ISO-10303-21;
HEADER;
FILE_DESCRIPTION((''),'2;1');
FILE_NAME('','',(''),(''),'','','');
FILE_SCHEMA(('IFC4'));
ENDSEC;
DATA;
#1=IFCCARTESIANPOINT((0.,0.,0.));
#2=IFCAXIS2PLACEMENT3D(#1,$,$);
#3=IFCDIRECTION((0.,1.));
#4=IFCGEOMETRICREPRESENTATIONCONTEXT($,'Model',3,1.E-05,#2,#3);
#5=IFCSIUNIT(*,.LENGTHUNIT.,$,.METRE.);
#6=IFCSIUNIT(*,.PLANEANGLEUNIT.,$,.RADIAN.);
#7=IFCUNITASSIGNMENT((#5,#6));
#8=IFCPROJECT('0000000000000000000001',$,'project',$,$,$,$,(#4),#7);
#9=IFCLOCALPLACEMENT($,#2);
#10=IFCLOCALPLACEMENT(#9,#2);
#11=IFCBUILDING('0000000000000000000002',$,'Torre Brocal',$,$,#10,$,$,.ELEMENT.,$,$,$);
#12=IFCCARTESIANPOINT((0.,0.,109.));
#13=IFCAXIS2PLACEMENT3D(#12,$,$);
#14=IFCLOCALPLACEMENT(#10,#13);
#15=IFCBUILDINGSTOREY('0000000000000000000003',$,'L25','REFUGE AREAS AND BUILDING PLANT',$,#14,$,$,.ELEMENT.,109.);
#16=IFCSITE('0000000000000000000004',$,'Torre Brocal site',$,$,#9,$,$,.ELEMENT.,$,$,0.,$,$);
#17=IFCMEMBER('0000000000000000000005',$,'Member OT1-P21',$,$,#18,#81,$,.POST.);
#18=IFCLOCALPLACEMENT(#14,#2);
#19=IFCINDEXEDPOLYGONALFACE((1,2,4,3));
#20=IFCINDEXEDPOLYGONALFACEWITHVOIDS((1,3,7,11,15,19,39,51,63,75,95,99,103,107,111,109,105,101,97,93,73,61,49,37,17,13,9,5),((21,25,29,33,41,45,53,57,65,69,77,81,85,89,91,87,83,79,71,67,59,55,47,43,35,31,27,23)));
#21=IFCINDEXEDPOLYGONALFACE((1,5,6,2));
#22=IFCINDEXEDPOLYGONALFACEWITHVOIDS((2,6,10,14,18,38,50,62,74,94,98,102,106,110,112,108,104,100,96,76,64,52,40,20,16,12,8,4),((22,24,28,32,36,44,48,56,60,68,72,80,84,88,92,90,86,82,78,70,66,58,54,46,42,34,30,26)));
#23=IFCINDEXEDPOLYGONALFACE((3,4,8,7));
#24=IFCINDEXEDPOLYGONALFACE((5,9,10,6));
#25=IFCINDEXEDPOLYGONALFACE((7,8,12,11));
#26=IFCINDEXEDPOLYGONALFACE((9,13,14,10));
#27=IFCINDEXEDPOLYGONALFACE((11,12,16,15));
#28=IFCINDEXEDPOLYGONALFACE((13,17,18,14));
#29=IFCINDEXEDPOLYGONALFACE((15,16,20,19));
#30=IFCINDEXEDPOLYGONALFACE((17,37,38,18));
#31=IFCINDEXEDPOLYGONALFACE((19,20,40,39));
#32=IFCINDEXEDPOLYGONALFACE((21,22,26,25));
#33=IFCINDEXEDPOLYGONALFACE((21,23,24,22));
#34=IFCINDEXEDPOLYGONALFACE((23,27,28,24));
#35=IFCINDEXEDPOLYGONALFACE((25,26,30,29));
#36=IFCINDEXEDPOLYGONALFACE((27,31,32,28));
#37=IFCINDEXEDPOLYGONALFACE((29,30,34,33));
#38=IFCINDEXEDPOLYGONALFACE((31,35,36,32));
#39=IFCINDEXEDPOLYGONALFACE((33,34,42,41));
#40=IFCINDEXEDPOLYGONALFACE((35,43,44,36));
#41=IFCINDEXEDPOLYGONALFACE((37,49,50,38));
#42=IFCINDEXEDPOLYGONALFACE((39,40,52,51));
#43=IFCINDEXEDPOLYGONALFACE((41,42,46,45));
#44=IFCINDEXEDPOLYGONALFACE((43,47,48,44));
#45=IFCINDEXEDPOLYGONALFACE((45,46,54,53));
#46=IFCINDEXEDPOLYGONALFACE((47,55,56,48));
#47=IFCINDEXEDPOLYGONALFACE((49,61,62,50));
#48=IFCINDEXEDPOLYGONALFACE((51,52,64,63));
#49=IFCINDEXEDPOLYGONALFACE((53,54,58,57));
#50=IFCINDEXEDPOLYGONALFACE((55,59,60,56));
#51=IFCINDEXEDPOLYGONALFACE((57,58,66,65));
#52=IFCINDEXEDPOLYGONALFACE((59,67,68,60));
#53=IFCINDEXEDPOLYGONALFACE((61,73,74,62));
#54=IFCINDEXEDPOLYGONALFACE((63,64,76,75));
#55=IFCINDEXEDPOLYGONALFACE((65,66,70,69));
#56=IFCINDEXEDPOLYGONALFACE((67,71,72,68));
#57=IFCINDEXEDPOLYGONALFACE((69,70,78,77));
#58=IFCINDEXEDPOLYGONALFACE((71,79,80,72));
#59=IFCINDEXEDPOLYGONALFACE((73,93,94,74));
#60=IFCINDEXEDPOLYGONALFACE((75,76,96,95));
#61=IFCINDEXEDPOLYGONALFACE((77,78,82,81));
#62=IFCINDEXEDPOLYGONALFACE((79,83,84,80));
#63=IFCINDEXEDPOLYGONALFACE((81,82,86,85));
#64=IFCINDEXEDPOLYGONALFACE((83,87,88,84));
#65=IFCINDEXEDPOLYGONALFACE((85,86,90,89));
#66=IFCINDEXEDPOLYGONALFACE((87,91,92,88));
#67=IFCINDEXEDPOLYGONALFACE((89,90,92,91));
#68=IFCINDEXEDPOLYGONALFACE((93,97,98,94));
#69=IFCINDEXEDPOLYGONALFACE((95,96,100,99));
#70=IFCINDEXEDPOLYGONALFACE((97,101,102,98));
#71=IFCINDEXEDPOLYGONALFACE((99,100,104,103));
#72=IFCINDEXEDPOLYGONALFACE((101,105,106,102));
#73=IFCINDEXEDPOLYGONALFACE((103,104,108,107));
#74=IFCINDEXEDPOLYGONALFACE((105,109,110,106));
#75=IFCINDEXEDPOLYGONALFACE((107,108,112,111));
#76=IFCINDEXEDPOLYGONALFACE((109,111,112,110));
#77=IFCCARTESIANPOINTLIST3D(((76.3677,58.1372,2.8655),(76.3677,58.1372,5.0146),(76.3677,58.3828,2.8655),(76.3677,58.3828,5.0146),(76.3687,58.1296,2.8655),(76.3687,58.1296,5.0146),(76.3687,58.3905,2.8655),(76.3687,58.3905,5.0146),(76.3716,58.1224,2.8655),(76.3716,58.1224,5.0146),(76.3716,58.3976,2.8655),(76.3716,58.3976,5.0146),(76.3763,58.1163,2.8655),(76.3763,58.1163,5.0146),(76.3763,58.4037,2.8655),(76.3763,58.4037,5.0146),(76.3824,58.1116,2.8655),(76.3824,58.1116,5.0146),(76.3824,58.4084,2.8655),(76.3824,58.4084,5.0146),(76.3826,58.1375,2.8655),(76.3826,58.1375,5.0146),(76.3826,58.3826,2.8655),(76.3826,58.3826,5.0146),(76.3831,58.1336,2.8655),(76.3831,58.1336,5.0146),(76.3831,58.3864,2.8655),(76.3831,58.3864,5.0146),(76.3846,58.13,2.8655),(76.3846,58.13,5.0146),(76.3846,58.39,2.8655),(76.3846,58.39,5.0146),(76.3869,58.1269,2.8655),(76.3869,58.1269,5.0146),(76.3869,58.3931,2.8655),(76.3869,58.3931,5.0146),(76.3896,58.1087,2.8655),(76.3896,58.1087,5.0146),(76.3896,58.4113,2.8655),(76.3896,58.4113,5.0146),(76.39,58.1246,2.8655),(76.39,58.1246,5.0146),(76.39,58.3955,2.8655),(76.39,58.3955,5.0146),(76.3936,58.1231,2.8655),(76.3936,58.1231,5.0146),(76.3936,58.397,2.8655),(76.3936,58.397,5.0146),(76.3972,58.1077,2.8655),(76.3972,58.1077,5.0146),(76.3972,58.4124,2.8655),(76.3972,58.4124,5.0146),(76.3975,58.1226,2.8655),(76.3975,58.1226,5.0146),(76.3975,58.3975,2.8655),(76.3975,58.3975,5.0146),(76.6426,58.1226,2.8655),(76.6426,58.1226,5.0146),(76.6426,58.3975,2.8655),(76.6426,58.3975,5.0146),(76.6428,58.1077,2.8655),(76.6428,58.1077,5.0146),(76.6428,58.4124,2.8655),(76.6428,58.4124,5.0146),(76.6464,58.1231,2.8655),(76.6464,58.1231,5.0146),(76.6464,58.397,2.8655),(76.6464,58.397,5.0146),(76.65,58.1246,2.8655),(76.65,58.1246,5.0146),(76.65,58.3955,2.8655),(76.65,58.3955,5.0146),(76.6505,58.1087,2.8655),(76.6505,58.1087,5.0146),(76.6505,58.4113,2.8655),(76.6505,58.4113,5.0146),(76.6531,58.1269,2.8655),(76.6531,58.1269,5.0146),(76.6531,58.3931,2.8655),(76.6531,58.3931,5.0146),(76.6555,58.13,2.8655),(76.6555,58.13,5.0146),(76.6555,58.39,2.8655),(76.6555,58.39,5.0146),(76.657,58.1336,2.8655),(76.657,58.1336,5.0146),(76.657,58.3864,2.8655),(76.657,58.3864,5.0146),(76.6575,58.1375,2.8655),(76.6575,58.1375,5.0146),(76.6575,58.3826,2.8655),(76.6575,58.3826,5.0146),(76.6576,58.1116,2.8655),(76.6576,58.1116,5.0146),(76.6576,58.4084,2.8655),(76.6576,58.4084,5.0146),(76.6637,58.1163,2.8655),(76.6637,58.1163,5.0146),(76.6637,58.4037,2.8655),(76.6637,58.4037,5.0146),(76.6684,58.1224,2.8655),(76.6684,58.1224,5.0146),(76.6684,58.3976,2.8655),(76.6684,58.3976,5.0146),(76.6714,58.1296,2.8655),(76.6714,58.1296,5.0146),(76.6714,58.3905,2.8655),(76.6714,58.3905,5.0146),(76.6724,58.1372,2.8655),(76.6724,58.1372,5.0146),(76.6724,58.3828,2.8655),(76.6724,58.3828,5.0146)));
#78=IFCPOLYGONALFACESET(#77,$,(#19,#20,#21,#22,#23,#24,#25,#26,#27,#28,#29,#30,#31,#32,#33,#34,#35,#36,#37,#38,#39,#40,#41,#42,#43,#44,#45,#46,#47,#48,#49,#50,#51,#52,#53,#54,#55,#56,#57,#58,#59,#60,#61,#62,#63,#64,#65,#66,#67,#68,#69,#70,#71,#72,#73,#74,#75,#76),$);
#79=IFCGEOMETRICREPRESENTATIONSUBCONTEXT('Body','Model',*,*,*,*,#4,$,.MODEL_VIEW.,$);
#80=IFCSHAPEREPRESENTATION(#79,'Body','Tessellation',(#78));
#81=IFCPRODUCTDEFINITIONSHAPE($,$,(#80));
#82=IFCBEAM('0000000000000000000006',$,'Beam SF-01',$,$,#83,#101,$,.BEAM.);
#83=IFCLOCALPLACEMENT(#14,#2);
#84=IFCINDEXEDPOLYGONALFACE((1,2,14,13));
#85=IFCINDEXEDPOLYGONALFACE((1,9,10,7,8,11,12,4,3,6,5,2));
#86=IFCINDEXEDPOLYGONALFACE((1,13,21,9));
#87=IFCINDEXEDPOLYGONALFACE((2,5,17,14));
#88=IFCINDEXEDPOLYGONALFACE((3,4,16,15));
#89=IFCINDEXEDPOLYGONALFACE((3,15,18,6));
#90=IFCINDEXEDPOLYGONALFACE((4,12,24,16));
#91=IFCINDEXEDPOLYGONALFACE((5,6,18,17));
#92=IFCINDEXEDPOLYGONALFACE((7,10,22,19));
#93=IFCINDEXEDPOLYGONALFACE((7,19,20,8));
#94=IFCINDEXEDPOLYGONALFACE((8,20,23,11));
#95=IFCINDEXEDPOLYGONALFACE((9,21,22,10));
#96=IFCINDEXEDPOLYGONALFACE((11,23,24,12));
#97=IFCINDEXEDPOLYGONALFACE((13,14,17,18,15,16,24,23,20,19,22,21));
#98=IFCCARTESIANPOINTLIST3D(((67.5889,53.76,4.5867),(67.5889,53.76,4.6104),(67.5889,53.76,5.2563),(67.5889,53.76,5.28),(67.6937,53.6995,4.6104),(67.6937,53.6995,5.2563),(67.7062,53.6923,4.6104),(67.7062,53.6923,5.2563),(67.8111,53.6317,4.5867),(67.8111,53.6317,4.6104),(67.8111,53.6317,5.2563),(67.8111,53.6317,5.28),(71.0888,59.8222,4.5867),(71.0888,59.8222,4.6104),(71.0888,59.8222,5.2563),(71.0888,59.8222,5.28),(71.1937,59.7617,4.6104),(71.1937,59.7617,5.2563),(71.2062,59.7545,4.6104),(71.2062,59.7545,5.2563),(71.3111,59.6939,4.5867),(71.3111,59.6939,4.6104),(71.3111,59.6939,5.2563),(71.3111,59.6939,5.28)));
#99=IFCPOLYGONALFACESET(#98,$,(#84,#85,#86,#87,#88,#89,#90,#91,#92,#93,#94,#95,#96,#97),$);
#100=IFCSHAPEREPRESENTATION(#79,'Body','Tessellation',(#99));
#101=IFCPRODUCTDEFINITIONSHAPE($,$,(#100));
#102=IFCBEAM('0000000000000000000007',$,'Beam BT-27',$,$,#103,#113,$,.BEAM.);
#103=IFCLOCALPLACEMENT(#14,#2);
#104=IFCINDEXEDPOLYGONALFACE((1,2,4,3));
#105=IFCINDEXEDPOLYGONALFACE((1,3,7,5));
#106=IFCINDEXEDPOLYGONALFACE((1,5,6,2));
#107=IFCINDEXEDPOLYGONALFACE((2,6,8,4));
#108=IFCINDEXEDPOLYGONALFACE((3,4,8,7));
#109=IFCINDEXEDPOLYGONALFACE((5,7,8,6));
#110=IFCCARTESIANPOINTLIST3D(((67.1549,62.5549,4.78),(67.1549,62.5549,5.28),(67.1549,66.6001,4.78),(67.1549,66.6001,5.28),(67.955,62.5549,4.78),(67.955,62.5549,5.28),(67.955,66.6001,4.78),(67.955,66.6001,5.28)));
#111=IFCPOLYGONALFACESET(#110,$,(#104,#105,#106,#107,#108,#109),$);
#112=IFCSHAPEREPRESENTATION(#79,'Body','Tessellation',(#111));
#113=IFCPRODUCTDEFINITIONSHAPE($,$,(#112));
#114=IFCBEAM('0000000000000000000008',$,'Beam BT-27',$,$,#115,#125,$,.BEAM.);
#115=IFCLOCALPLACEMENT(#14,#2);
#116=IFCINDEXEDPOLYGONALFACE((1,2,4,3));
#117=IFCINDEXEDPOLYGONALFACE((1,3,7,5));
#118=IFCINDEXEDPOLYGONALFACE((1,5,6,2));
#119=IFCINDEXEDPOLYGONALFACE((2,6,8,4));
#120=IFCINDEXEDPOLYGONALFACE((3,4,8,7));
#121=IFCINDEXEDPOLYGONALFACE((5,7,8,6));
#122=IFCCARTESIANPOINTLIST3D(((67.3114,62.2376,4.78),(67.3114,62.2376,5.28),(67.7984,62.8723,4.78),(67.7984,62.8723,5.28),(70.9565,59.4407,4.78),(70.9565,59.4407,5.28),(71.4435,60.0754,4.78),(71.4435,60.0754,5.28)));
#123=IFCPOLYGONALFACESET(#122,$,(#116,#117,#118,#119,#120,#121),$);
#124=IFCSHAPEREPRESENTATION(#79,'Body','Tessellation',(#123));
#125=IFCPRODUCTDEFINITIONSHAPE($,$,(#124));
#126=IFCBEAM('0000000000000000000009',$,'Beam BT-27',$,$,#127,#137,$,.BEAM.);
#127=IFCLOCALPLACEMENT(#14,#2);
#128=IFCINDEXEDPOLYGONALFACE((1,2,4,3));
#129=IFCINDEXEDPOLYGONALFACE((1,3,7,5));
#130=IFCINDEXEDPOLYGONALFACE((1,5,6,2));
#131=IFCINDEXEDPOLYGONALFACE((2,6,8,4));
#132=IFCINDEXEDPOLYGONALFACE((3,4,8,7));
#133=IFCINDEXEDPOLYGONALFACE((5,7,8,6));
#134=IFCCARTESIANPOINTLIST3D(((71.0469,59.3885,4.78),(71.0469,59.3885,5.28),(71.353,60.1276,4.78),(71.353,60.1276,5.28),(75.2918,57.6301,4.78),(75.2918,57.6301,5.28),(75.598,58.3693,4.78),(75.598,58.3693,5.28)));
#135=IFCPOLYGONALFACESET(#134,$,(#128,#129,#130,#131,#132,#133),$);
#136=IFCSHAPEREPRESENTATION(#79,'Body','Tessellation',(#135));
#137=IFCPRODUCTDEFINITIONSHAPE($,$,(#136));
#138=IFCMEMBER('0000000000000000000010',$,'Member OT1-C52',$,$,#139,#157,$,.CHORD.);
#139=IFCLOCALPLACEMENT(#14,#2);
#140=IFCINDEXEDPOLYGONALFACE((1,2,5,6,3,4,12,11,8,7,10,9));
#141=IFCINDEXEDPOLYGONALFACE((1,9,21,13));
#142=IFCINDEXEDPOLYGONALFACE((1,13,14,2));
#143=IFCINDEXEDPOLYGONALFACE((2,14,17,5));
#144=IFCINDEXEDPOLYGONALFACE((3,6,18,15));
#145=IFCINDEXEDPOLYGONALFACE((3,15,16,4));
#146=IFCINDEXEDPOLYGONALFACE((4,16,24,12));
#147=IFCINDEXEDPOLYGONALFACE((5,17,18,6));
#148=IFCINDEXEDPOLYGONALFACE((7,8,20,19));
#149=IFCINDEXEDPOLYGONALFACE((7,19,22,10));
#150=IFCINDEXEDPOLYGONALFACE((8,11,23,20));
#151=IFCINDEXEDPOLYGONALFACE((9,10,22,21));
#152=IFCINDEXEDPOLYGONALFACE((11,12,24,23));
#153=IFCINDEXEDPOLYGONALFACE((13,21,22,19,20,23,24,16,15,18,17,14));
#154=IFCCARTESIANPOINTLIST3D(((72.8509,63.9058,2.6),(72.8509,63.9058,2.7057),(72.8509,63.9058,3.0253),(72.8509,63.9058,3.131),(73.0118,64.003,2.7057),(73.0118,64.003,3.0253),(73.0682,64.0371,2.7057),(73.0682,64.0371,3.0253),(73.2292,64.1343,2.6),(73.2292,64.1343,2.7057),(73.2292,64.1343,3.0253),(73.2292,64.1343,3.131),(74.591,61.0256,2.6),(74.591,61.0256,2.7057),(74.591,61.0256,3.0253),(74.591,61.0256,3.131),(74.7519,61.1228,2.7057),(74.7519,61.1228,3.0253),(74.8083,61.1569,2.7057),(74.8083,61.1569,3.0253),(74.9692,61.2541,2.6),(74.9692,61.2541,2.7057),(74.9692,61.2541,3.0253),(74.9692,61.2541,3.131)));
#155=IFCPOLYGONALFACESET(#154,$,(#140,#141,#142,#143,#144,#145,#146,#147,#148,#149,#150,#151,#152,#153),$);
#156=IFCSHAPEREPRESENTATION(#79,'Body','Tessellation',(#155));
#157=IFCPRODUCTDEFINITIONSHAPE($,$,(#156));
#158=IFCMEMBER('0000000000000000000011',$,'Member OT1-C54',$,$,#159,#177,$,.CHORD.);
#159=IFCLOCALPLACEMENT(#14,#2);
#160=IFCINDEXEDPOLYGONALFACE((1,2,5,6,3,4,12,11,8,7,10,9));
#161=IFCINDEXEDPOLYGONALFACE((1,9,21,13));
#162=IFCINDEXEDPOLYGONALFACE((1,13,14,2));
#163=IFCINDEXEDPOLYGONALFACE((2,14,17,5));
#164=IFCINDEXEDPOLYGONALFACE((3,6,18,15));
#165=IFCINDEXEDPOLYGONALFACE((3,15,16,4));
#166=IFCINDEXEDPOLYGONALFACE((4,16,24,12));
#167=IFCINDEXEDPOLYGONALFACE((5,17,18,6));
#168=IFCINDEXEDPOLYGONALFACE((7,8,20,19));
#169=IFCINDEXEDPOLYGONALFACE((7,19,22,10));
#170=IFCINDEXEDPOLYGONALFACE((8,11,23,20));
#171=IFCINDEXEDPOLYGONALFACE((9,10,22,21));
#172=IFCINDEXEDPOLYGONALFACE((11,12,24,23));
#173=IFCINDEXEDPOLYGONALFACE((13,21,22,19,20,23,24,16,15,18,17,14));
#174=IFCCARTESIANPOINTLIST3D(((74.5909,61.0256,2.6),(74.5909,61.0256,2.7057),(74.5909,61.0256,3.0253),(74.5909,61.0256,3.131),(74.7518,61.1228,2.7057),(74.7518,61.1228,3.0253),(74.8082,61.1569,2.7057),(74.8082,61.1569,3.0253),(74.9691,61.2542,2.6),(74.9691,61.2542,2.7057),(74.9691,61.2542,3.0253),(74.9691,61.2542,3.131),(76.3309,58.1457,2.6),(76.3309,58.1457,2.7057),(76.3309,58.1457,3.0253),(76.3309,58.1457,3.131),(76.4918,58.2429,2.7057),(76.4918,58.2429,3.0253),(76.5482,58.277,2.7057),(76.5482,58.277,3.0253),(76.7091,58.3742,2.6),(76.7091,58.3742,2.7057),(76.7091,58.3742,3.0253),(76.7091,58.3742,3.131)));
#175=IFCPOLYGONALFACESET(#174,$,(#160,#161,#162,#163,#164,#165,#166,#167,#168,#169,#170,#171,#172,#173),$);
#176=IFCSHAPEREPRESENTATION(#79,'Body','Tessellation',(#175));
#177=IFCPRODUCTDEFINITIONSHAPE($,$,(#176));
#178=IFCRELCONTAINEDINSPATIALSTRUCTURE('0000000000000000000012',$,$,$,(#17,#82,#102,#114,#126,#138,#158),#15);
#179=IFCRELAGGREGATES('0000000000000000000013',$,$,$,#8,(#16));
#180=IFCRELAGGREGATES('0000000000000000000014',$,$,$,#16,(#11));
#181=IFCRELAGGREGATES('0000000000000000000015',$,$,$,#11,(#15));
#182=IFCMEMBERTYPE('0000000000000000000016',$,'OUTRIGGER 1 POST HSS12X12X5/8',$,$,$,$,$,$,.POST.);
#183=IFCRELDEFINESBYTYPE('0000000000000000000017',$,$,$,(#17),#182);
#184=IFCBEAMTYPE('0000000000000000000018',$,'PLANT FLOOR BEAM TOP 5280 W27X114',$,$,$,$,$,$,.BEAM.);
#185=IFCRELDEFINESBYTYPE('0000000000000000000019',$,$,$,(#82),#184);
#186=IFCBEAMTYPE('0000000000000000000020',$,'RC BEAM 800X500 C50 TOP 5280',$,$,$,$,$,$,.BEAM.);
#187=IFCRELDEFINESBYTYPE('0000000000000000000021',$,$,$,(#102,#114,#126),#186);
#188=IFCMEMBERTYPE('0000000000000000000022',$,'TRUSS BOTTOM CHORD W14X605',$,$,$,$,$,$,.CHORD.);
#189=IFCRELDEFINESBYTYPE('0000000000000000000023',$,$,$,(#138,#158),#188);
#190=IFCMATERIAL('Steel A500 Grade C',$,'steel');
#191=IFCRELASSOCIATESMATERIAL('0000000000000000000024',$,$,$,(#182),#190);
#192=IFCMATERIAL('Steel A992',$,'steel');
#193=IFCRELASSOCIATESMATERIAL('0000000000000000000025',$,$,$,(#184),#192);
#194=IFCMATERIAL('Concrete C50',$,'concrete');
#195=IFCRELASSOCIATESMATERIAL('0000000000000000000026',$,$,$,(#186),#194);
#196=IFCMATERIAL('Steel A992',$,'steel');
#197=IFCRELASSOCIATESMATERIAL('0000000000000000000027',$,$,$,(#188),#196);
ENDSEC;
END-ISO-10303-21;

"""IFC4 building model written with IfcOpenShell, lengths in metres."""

from ifc_helpers import new_model, si_unit, direction, frame, origin, origin_2d, place, context, subcontext, project, spatial, rectangle, hollow_rectangle, i_section, extrude, material, material_profile, profile_set, type_object, element, save


model = new_model("IFC4")

# Units and contexts
model_context = context("Model", 3, precision=1e-05, world=origin(), true_north=direction((0.0, 1.0)))
body_context = subcontext(model_context, "Body", "Model", "MODEL_VIEW")
ifc_project = project(units=[si_unit("LENGTHUNIT", "METRE"), si_unit("PLANEANGLEUNIT", "RADIAN")], contexts=[model_context])

# Site, building, storey
site_placement = place(None, origin())
site = spatial("IfcSite", under=ifc_project, at=site_placement, Name="Torre Brocal site", CompositionType="ELEMENT", RefElevation=0.0)
building_placement = place(site_placement, origin())
building = spatial("IfcBuilding", under=site, at=building_placement, Name="Torre Brocal", CompositionType="ELEMENT")
storey_placement = place(building_placement, frame((0.0, 0.0, 109.0)))
storey = spatial("IfcBuildingStorey", under=building, at=storey_placement, Name="L25", Description="REFUGE AREAS AND BUILDING PLANT", CompositionType="ELEMENT", Elevation=109.0)

# Member
ifc_material_1 = material(Name="Steel A500 Grade C", Category="steel")
ifc_material_profile_1 = material_profile(ifc_material_1, hollow_rectangle(XDim=0.3047, YDim=0.3047, WallThickness=0.0149, InnerFilletRadius=0.0149, OuterFilletRadius=0.0295, at=origin_2d()), Name="HSS12X12X5/8")
ifc_profile_set_1 = profile_set([ifc_material_profile_1], Name="Steel A500 Grade C")
member_type_1 = type_object("IfcMemberType", Name="OUTRIGGER 1 POST HSS12X12X5/8", PredefinedType="POST", material=ifc_profile_set_1)
for number, where, z_axis, x_axis, name in (
    (1, (76.52, 58.26, 2.8655), (0.0, 0.0, 1.0), (1.0, 0.0, 0.0), "Member OT1-P21"),
):
    element("IfcMember", number, at=place(storey_placement, frame(where, z_axis=z_axis, x_axis=x_axis)), inside=storey, type_object=member_type_1, Name=name, PredefinedType="POST", context=body_context, shape_type="SweptSolid", body=[
        extrude(hollow_rectangle(XDim=0.3047, YDim=0.3047, WallThickness=0.0149, InnerFilletRadius=0.0149, OuterFilletRadius=0.0295, at=origin_2d()), origin(), (0.0, 0.0, 1.0), 2.1492),
    ])

# Beams
ifc_material_2 = material(Name="Steel A992", Category="steel")
ifc_material_profile_2 = material_profile(ifc_material_2, i_section(OverallWidth=0.2566, OverallDepth=0.6934, WebThickness=0.0144, FlangeThickness=0.0237, at=origin_2d()), Name="W27X114")
ifc_profile_set_2 = profile_set([ifc_material_profile_2], Name="Steel A992")
beam_type_1 = type_object("IfcBeamType", Name="PLANT FLOOR BEAM TOP 5280 W27X114", PredefinedType="BEAM", material=ifc_profile_set_2)
beam_1_placement = place(storey_placement, frame((71.2, 59.7581, 4.9333), z_axis=(-0.499995, -0.866028, 0.0), x_axis=(0.866028, -0.499995, 0.0)))
element("IfcBeam", 2, at=beam_1_placement, inside=storey, type_object=beam_type_1, Name="Beam SF-01", PredefinedType="BEAM", context=body_context, shape_type="SweptSolid", body=[
    extrude(i_section(OverallWidth=0.2566, OverallDepth=0.6934, WebThickness=0.0144, FlangeThickness=0.0237, at=origin_2d()), origin(), (0.0, 0.0, 1.0), 7.0),
])
ifc_material_3 = material(Name="Concrete C50", Category="concrete")
ifc_material_profile_3 = material_profile(ifc_material_3, rectangle(XDim=0.8, YDim=0.5, at=origin_2d()), Name="RC 800X500")
ifc_profile_set_3 = profile_set([ifc_material_profile_3], Name="Concrete C50")
beam_type_2 = type_object("IfcBeamType", Name="RC BEAM 800X500 C50 TOP 5280", PredefinedType="BEAM", material=ifc_profile_set_3)
beam_2_placement = place(storey_placement, frame((67.5549, 62.5549, 5.03), z_axis=(0.0, 1.0, 0.0), x_axis=(-1.0, 0.0, 0.0)))
element("IfcBeam", 3, at=beam_2_placement, inside=storey, type_object=beam_type_2, Name="Beam BT-27", PredefinedType="BEAM", context=body_context, shape_type="SweptSolid", body=[
    extrude(rectangle(XDim=0.8, YDim=0.5, at=origin_2d()), origin(), (0.0, 0.0, 1.0), 4.0452),
])
beam_3_placement = place(storey_placement, frame((67.5549, 62.5549, 5.03), z_axis=(0.793358, -0.608755, 0.0), x_axis=(0.608755, 0.793358, 0.0)))
element("IfcBeam", 4, at=beam_3_placement, inside=storey, type_object=beam_type_2, Name="Beam BT-27", PredefinedType="BEAM", context=body_context, shape_type="SweptSolid", body=[
    extrude(rectangle(XDim=0.8, YDim=0.5, at=origin_2d()), origin(), (0.0, 0.0, 1.0), 4.5945),
])
beam_4_placement = place(storey_placement, frame((71.2, 59.7581, 5.03), z_axis=(0.923878, -0.382687, 0.0), x_axis=(0.382687, 0.923878, 0.0)))
element("IfcBeam", 5, at=beam_4_placement, inside=storey, type_object=beam_type_2, Name="Beam BT-27", PredefinedType="BEAM", context=body_context, shape_type="SweptSolid", body=[
    extrude(rectangle(XDim=0.8, YDim=0.5, at=origin_2d()), origin(), (0.0, 0.0, 1.0), 4.5947),
])

# Members
ifc_material_4 = material(Name="Steel A992", Category="steel")
ifc_material_profile_4 = material_profile(ifc_material_4, i_section(OverallWidth=0.4419, OverallDepth=0.531, WebThickness=0.0659, FlangeThickness=0.1057, at=origin_2d()), Name="W14X605")
ifc_profile_set_4 = profile_set([ifc_material_profile_4], Name="Steel A992")
member_type_2 = type_object("IfcMemberType", Name="TRUSS BOTTOM CHORD W14X605", PredefinedType="CHORD", material=ifc_profile_set_4)
member_1_placement = place(storey_placement, frame((73.04, 64.02, 2.8655), z_axis=(0.517097, -0.855927, 0.0), x_axis=(0.855927, 0.517097, 0.0)))
element("IfcMember", 6, at=member_1_placement, inside=storey, type_object=member_type_2, Name="Member OT1-C52", PredefinedType="CHORD", context=body_context, shape_type="SweptSolid", body=[
    extrude(i_section(OverallWidth=0.4419, OverallDepth=0.531, WebThickness=0.0659, FlangeThickness=0.1057, at=origin_2d()), origin(), (0.0, 0.0, 1.0), 3.365),
])
member_2_placement = place(storey_placement, frame((74.78, 61.1399, 2.8655), z_axis=(0.517129, -0.855908, 0.0), x_axis=(0.855908, 0.517129, 0.0)))
element("IfcMember", 7, at=member_2_placement, inside=storey, type_object=member_type_2, Name="Member OT1-C54", PredefinedType="CHORD", context=body_context, shape_type="SweptSolid", body=[
    extrude(i_section(OverallWidth=0.4419, OverallDepth=0.531, WebThickness=0.0659, FlangeThickness=0.1057, at=origin_2d()), origin(), (0.0, 0.0, 1.0), 3.3647),
])

save(model, "model.ifc")
